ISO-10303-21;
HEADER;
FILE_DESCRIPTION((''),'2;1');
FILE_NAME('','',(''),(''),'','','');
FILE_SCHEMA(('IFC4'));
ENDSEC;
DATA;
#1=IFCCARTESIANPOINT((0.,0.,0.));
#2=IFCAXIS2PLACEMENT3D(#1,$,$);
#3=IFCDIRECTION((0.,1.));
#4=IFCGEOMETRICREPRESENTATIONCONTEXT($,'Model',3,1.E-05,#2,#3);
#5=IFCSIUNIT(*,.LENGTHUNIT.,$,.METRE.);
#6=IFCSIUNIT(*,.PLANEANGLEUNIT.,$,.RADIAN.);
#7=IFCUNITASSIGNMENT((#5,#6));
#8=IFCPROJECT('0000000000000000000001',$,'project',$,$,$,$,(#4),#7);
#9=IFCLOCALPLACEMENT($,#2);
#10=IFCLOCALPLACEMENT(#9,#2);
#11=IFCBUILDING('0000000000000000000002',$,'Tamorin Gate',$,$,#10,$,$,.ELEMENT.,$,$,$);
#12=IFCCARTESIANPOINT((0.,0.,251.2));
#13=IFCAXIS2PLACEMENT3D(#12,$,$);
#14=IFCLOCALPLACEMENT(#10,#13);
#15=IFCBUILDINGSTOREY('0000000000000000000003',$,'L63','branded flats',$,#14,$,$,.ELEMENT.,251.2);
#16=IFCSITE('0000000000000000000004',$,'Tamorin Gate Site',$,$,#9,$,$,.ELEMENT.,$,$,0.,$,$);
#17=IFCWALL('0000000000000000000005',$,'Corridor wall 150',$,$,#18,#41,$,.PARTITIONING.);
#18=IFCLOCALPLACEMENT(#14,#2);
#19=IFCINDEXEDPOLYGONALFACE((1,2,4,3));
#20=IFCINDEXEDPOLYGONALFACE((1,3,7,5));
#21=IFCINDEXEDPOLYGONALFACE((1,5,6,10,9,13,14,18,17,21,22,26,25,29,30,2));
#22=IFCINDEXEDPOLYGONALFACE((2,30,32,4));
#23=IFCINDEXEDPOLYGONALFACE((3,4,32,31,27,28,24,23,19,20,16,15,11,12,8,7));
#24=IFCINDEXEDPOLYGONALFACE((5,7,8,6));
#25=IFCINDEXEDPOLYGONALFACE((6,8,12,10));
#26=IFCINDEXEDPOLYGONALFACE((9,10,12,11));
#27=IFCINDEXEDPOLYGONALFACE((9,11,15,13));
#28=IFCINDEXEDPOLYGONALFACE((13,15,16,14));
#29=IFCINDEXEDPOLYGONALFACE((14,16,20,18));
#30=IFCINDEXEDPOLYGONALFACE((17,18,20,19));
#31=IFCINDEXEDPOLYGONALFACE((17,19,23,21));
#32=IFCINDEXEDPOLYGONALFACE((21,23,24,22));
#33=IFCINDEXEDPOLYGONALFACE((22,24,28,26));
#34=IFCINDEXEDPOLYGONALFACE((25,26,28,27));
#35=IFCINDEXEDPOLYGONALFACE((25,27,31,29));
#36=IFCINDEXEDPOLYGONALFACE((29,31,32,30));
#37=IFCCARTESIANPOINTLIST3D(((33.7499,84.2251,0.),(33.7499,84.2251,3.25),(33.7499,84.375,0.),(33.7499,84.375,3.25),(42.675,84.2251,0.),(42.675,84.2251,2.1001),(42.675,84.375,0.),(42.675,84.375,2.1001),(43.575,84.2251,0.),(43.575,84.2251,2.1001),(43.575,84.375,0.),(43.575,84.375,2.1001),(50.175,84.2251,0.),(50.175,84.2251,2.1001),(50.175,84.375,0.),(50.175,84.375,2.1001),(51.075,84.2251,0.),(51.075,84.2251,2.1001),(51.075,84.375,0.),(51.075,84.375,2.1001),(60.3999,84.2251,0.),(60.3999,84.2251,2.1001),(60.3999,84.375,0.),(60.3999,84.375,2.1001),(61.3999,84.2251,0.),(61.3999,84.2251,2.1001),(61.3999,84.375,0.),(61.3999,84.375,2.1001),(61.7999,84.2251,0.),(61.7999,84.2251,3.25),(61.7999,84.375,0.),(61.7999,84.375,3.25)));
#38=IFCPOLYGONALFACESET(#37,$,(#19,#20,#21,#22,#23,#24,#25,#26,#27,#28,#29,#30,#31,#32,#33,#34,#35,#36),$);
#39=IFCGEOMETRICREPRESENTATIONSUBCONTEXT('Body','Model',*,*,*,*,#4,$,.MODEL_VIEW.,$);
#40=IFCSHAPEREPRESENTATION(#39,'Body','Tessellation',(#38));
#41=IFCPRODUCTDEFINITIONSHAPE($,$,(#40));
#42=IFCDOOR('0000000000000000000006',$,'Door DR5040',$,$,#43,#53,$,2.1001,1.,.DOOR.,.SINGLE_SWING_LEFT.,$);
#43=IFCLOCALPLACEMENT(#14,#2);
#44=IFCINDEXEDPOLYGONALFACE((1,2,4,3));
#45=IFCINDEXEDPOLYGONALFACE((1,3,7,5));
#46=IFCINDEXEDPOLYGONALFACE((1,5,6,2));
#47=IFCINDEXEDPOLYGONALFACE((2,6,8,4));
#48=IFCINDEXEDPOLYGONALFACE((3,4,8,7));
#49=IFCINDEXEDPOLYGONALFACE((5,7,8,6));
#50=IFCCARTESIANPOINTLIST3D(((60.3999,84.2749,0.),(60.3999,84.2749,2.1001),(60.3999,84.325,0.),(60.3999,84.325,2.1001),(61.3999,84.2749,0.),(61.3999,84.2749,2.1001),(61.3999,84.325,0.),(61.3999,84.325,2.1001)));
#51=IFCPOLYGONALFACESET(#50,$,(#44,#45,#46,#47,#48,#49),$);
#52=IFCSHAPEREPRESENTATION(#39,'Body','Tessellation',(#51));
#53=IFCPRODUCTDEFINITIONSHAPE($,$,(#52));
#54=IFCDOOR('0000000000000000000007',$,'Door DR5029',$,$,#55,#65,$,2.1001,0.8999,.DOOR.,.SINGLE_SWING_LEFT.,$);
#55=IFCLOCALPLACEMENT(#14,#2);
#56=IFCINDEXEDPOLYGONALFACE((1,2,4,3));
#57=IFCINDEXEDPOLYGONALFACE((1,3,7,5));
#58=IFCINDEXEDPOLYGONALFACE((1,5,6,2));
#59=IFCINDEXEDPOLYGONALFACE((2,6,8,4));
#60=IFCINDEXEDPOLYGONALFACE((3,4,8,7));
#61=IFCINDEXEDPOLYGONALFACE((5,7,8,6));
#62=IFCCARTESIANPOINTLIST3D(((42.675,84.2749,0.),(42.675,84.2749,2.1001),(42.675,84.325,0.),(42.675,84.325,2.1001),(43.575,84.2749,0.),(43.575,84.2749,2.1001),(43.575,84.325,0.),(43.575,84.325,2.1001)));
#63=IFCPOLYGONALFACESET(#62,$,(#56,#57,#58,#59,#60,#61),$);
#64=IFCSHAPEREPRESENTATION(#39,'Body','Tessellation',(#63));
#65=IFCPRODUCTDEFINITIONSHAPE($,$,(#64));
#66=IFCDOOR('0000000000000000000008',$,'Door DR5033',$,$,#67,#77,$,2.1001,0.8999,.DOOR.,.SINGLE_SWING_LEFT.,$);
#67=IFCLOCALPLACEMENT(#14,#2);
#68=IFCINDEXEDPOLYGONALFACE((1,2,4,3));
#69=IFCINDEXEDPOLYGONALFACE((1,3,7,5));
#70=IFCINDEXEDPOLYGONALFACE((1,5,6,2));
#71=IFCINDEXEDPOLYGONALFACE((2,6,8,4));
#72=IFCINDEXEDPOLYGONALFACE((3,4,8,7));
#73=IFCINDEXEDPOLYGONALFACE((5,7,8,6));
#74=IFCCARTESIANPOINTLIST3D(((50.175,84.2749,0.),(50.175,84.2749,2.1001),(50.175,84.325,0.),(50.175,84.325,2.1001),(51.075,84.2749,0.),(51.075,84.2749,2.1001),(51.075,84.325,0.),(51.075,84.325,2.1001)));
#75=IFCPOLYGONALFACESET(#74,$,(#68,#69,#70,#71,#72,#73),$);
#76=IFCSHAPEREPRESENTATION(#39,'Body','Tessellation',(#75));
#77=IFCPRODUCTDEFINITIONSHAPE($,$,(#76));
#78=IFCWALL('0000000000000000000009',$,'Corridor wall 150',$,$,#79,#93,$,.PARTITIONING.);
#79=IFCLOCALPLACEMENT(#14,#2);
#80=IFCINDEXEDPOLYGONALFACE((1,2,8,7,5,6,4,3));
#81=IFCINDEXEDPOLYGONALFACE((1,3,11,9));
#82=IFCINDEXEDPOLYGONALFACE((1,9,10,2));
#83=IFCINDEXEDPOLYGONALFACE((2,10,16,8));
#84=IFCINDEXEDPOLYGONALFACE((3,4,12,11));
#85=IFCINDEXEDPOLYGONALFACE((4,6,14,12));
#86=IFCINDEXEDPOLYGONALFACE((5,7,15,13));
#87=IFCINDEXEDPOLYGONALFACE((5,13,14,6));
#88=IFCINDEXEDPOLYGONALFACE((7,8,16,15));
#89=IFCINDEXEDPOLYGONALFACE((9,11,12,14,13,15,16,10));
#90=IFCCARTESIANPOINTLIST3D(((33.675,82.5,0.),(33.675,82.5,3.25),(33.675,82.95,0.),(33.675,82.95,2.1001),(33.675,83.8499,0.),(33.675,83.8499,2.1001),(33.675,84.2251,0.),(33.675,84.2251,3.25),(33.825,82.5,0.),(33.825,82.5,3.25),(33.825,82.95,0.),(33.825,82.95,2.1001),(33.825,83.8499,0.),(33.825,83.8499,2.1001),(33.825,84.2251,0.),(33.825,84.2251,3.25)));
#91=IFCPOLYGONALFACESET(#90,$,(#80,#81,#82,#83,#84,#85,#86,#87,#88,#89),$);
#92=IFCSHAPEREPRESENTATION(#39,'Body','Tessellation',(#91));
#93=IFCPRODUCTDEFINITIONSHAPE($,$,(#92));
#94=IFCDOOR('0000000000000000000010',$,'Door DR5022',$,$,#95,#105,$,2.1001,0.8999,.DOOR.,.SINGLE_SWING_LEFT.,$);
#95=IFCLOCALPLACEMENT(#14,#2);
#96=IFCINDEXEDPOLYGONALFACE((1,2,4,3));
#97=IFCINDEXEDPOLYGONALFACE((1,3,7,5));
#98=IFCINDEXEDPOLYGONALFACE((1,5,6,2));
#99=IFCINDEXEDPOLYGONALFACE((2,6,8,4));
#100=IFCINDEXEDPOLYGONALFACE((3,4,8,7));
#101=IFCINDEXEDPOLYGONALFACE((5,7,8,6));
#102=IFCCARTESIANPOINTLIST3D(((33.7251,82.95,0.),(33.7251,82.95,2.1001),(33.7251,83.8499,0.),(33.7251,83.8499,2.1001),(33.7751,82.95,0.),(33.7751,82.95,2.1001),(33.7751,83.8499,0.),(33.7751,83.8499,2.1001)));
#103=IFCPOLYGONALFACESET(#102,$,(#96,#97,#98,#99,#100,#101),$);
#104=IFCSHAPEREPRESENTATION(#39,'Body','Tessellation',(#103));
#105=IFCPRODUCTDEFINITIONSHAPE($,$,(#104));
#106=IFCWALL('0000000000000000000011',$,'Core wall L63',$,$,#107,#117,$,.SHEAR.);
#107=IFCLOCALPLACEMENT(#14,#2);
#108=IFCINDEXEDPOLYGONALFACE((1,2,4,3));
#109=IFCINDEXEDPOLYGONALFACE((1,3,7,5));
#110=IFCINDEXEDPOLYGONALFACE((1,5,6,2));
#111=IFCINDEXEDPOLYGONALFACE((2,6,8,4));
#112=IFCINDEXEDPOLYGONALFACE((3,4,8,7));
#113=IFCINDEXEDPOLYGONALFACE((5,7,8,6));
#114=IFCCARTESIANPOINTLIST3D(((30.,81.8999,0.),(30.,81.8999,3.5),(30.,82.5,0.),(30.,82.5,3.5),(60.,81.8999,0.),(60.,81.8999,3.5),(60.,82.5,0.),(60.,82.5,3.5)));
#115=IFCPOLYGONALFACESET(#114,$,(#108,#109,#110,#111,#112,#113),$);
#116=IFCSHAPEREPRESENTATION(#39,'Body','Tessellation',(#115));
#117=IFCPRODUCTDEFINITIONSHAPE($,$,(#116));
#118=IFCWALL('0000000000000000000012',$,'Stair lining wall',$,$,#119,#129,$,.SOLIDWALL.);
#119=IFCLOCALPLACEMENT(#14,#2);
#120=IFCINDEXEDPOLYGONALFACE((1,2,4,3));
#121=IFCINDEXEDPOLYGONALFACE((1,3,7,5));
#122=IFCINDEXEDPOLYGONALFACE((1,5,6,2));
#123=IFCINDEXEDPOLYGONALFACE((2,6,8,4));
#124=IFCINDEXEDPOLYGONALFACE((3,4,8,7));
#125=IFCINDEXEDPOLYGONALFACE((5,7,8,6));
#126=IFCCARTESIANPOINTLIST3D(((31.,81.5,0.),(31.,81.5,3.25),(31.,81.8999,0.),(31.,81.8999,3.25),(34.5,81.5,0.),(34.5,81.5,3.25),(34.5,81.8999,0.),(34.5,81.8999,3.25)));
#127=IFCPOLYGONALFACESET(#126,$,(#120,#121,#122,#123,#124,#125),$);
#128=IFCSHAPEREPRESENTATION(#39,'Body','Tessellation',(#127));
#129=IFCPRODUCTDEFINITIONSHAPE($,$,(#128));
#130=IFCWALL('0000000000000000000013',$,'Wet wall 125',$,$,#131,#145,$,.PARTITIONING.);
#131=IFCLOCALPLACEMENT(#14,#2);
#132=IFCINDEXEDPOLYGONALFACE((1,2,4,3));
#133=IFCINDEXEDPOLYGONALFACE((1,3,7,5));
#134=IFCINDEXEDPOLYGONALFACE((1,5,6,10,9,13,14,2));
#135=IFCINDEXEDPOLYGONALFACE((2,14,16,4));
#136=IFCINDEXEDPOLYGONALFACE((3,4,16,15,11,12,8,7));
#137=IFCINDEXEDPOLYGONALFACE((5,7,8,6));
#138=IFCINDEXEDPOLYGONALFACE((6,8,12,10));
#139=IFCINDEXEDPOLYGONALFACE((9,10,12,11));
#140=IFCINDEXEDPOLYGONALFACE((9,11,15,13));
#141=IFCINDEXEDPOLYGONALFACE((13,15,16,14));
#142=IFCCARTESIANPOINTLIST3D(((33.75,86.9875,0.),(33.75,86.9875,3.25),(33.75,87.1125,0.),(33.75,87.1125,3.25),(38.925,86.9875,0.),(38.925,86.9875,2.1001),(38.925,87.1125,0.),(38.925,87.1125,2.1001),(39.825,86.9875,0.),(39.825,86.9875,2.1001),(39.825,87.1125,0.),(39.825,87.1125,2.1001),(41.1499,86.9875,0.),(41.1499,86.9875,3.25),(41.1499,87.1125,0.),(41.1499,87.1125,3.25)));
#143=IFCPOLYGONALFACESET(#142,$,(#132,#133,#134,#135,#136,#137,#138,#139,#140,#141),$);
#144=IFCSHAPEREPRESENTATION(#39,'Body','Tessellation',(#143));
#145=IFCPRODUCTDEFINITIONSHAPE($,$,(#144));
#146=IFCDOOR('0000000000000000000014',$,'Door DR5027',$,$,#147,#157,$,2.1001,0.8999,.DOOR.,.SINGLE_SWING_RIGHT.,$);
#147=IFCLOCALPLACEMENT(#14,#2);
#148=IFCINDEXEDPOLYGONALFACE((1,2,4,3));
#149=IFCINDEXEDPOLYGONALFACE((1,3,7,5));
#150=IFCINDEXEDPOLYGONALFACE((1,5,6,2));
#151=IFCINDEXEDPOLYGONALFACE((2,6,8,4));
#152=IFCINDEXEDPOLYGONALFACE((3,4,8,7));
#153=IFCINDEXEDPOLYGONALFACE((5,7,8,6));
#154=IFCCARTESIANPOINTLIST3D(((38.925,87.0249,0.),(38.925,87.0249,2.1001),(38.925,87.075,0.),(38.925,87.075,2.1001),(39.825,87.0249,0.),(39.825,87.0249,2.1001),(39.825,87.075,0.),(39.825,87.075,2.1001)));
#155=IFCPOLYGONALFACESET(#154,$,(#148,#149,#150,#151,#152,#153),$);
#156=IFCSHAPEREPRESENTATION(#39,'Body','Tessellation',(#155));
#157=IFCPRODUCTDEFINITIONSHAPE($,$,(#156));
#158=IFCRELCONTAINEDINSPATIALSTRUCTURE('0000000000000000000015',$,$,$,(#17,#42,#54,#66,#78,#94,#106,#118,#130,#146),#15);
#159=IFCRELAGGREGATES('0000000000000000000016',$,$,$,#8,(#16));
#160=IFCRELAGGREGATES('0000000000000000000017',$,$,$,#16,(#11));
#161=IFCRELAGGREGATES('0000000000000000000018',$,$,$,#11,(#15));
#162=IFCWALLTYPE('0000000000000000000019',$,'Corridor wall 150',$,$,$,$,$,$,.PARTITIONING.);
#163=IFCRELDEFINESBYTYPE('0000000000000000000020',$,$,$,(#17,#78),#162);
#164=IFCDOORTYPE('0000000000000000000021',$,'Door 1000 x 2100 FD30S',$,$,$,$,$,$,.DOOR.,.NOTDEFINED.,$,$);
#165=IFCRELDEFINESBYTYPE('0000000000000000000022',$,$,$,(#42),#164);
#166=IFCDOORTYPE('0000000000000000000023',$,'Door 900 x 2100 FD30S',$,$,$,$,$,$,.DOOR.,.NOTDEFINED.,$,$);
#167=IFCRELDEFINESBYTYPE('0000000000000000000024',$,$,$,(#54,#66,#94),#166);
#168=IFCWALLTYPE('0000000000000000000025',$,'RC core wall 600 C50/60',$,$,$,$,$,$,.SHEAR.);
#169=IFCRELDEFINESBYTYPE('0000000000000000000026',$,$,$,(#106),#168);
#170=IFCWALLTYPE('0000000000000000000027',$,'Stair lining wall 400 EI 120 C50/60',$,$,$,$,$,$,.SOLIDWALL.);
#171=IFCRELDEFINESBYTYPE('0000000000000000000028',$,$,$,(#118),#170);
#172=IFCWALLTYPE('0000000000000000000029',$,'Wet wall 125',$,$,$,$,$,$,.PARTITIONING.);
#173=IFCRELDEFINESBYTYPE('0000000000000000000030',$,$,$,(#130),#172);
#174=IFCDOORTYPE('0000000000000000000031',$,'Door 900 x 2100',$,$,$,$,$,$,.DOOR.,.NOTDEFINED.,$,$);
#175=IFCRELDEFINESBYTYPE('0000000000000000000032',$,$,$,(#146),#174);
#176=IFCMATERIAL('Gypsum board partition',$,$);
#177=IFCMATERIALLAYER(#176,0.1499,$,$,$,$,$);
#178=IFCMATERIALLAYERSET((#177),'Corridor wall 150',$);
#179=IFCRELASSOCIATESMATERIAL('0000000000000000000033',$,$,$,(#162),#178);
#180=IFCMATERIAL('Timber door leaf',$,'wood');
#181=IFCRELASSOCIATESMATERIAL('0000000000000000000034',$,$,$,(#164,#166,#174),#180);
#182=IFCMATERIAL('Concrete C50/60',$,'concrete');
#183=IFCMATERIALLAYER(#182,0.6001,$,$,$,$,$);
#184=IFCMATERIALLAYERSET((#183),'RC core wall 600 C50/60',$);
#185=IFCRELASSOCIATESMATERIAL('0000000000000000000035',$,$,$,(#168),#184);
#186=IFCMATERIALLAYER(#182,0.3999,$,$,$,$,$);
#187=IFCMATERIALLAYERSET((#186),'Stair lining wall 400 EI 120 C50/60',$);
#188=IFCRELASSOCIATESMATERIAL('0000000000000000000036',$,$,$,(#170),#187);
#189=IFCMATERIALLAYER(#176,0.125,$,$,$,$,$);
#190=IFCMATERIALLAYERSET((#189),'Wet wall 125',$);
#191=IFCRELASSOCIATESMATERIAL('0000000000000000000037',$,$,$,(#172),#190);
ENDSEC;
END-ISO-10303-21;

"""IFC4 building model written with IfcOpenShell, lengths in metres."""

from ifc_helpers import new_model, si_unit, direction, frame, frame_2d, origin, place, context, subcontext, project, spatial, rectangle, extrude, material, layer, layer_set, type_object, element, fill, save


model = new_model("IFC4")

# Units and contexts
model_context = context("Model", 3, precision=1e-05, world=origin(), true_north=direction((0.0, 1.0)))
body_context = subcontext(model_context, "Body", "Model", "MODEL_VIEW")
ifc_project = project(units=[si_unit("LENGTHUNIT", "METRE"), si_unit("PLANEANGLEUNIT", "RADIAN")], contexts=[model_context])

# Site, building, storey
site_placement = place(None, origin())
site = spatial("IfcSite", under=ifc_project, at=site_placement, Name="Tamorin Gate Site", CompositionType="ELEMENT", RefElevation=0.0)
building_placement = place(site_placement, origin())
building = spatial("IfcBuilding", under=site, at=building_placement, Name="Tamorin Gate", CompositionType="ELEMENT")
storey_placement = place(building_placement, frame((0.0, 0.0, 251.2)))
storey = spatial("IfcBuildingStorey", under=building, at=storey_placement, Name="L63", Description="branded flats", CompositionType="ELEMENT", Elevation=251.2)

# Wall, openings, doors
ifc_material_1 = material(Name="Gypsum board partition")
ifc_layer_1 = layer(ifc_material_1, 0.1499)
ifc_layer_set_1 = layer_set([ifc_layer_1], Name="Corridor wall 150")
wall_type_1 = type_object("IfcWallType", Name="Corridor wall 150", PredefinedType="PARTITIONING", material=ifc_layer_set_1)
wall_1_placement = place(storey_placement, frame((33.75, 84.3, 0.0), z_axis=(0.0, 0.0, 1.0), x_axis=(1.0, 0.0, 0.0)))
wall_1 = element("IfcWall", 1, at=wall_1_placement, inside=storey, type_object=wall_type_1, Name="Corridor wall 150", PredefinedType="PARTITIONING", context=body_context, shape_type="SweptSolid", body=[
    extrude(rectangle(XDim=28.05, YDim=0.1499, at=frame_2d((14.0249, 0.0))), origin(), (0.0, 0.0, 1.0), 3.25),
])
opening_1_placement = place(wall_1_placement, frame((8.925, 0.0, 0.0)))
opening_1 = element("IfcOpeningElement", 2, at=opening_1_placement, cuts=wall_1, PredefinedType="OPENING", context=body_context, shape_type="SweptSolid", body=[
    extrude(rectangle(XDim=0.8999, YDim=2.1001, at=frame_2d((0.45, 1.05))), frame((0.0, 0.085, 0.0), z_axis=(0.0, -1.0, 0.0), x_axis=(1.0, 0.0, 0.0)), (0.0, 0.0, 1.0), 0.1699),
])
opening_2_placement = place(wall_1_placement, frame((16.425, 0.0, 0.0)))
opening_2 = element("IfcOpeningElement", 3, at=opening_2_placement, cuts=wall_1, PredefinedType="OPENING", context=body_context, shape_type="SweptSolid", body=[
    extrude(rectangle(XDim=0.8999, YDim=2.1001, at=frame_2d((0.45, 1.05))), frame((0.0, 0.085, 0.0), z_axis=(0.0, -1.0, 0.0), x_axis=(1.0, 0.0, 0.0)), (0.0, 0.0, 1.0), 0.1699),
])
opening_3_placement = place(wall_1_placement, frame((26.6499, 0.0, 0.0)))
opening_3 = element("IfcOpeningElement", 4, at=opening_3_placement, cuts=wall_1, PredefinedType="OPENING", context=body_context, shape_type="SweptSolid", body=[
    extrude(rectangle(XDim=1.0, YDim=2.1001, at=frame_2d((0.5, 1.05))), frame((0.0, 0.085, 0.0), z_axis=(0.0, -1.0, 0.0), x_axis=(1.0, 0.0, 0.0)), (0.0, 0.0, 1.0), 0.1699),
])
ifc_material_2 = material(Name="Timber door leaf", Category="wood")
door_type_1 = type_object("IfcDoorType", Name="Door 1000 x 2100 FD30S", OperationType="NOTDEFINED", PredefinedType="DOOR", material=ifc_material_2)
door_1_placement = place(opening_3_placement, origin())
door_1 = element("IfcDoor", 5, at=door_1_placement, inside=storey, type_object=door_type_1, Name="Door DR5040", OperationType="SINGLE_SWING_LEFT", OverallHeight=2.1001, OverallWidth=1.0, PredefinedType="DOOR", context=body_context, shape_type="SweptSolid", body=[
    extrude(rectangle(XDim=1.0, YDim=2.1001, at=frame_2d((0.5, 1.05))), frame((0.0, 0.0249, 0.0), z_axis=(0.0, -1.0, 0.0), x_axis=(1.0, 0.0, 0.0)), (0.0, 0.0, 1.0), 0.05),
])
fill(opening_3, door_1)
door_type_2 = type_object("IfcDoorType", Name="Door 900 x 2100 FD30S", OperationType="NOTDEFINED", PredefinedType="DOOR", material=ifc_material_2)
door_2_placement = place(opening_1_placement, origin())
door_2 = element("IfcDoor", 6, at=door_2_placement, inside=storey, type_object=door_type_2, Name="Door DR5029", OperationType="SINGLE_SWING_LEFT", OverallHeight=2.1001, OverallWidth=0.8999, PredefinedType="DOOR", context=body_context, shape_type="SweptSolid", body=[
    extrude(rectangle(XDim=0.8999, YDim=2.1001, at=frame_2d((0.45, 1.05))), frame((0.0, 0.0249, 0.0), z_axis=(0.0, -1.0, 0.0), x_axis=(1.0, 0.0, 0.0)), (0.0, 0.0, 1.0), 0.05),
])
fill(opening_1, door_2)
door_3_placement = place(opening_2_placement, origin())
door_3 = element("IfcDoor", 7, at=door_3_placement, inside=storey, type_object=door_type_2, Name="Door DR5033", OperationType="SINGLE_SWING_LEFT", OverallHeight=2.1001, OverallWidth=0.8999, PredefinedType="DOOR", context=body_context, shape_type="SweptSolid", body=[
    extrude(rectangle(XDim=0.8999, YDim=2.1001, at=frame_2d((0.45, 1.05))), frame((0.0, 0.0249, 0.0), z_axis=(0.0, -1.0, 0.0), x_axis=(1.0, 0.0, 0.0)), (0.0, 0.0, 1.0), 0.05),
])
fill(opening_2, door_3)

# Wall, opening, door
wall_2_placement = place(storey_placement, frame((33.75, 82.5, 0.0), z_axis=(0.0, 0.0, 1.0), x_axis=(0.0, 1.0, 0.0)))
wall_2 = element("IfcWall", 8, at=wall_2_placement, inside=storey, type_object=wall_type_1, Name="Corridor wall 150", PredefinedType="PARTITIONING", context=body_context, shape_type="SweptSolid", body=[
    extrude(rectangle(XDim=1.7251, YDim=0.1499, at=frame_2d((0.8625, 0.0))), origin(), (0.0, 0.0, 1.0), 3.25),
])
opening_4_placement = place(wall_2_placement, frame((0.45, 0.0, 0.0)))
opening_4 = element("IfcOpeningElement", 9, at=opening_4_placement, cuts=wall_2, PredefinedType="OPENING", context=body_context, shape_type="SweptSolid", body=[
    extrude(rectangle(XDim=0.8999, YDim=2.1001, at=frame_2d((0.45, 1.05))), frame((0.0, 0.085, 0.0), z_axis=(0.0, -1.0, 0.0), x_axis=(1.0, 0.0, 0.0)), (0.0, 0.0, 1.0), 0.1699),
])
door_4_placement = place(opening_4_placement, origin())
door_4 = element("IfcDoor", 10, at=door_4_placement, inside=storey, type_object=door_type_2, Name="Door DR5022", OperationType="SINGLE_SWING_LEFT", OverallHeight=2.1001, OverallWidth=0.8999, PredefinedType="DOOR", context=body_context, shape_type="SweptSolid", body=[
    extrude(rectangle(XDim=0.8999, YDim=2.1001, at=frame_2d((0.45, 1.05))), frame((0.0, 0.0249, 0.0), z_axis=(0.0, -1.0, 0.0), x_axis=(1.0, 0.0, 0.0)), (0.0, 0.0, 1.0), 0.05),
])
fill(opening_4, door_4)

# Walls
ifc_material_3 = material(Name="Concrete C50/60", Category="concrete")
ifc_layer_2 = layer(ifc_material_3, 0.6001)
ifc_layer_set_2 = layer_set([ifc_layer_2], Name="RC core wall 600 C50/60")
wall_type_2 = type_object("IfcWallType", Name="RC core wall 600 C50/60", PredefinedType="SHEAR", material=ifc_layer_set_2)
wall_3_placement = place(storey_placement, frame((30.0, 82.2, 0.0), z_axis=(0.0, 0.0, 1.0), x_axis=(1.0, 0.0, 0.0)))
element("IfcWall", 11, at=wall_3_placement, inside=storey, type_object=wall_type_2, Name="Core wall L63", PredefinedType="SHEAR", context=body_context, shape_type="SweptSolid", body=[
    extrude(rectangle(XDim=30.0, YDim=0.6001, at=frame_2d((15.0, 0.0))), origin(), (0.0, 0.0, 1.0), 3.5),
])
ifc_layer_3 = layer(ifc_material_3, 0.3999)
ifc_layer_set_3 = layer_set([ifc_layer_3], Name="Stair lining wall 400 EI 120 C50/60")
wall_type_3 = type_object("IfcWallType", Name="Stair lining wall 400 EI 120 C50/60", PredefinedType="SOLIDWALL", material=ifc_layer_set_3)
wall_4_placement = place(storey_placement, frame((31.0, 81.7, 0.0), z_axis=(0.0, 0.0, 1.0), x_axis=(1.0, 0.0, 0.0)))
element("IfcWall", 12, at=wall_4_placement, inside=storey, type_object=wall_type_3, Name="Stair lining wall", PredefinedType="SOLIDWALL", context=body_context, shape_type="SweptSolid", body=[
    extrude(rectangle(XDim=3.5, YDim=0.3999, at=frame_2d((1.75, 0.0))), origin(), (0.0, 0.0, 1.0), 3.25),
])

# Wall, opening, door
ifc_layer_4 = layer(ifc_material_1, 0.125)
ifc_layer_set_4 = layer_set([ifc_layer_4], Name="Wet wall 125")
wall_type_4 = type_object("IfcWallType", Name="Wet wall 125", PredefinedType="PARTITIONING", material=ifc_layer_set_4)
wall_5_placement = place(storey_placement, frame((33.75, 87.05, 0.0), z_axis=(0.0, 0.0, 1.0), x_axis=(1.0, 0.0, 0.0)))
wall_5 = element("IfcWall", 13, at=wall_5_placement, inside=storey, type_object=wall_type_4, Name="Wet wall 125", PredefinedType="PARTITIONING", context=body_context, shape_type="SweptSolid", body=[
    extrude(rectangle(XDim=7.3999, YDim=0.125, at=frame_2d((3.7, 0.0))), origin(), (0.0, 0.0, 1.0), 3.25),
])
opening_5_placement = place(wall_5_placement, frame((5.175, 0.0, 0.0)))
opening_5 = element("IfcOpeningElement", 14, at=opening_5_placement, cuts=wall_5, PredefinedType="OPENING", context=body_context, shape_type="SweptSolid", body=[
    extrude(rectangle(XDim=0.8999, YDim=2.1001, at=frame_2d((0.45, 1.05))), frame((0.0, 0.0725, 0.0), z_axis=(0.0, -1.0, 0.0), x_axis=(1.0, 0.0, 0.0)), (0.0, 0.0, 1.0), 0.145),
])
door_type_3 = type_object("IfcDoorType", Name="Door 900 x 2100", OperationType="NOTDEFINED", PredefinedType="DOOR", material=ifc_material_2)
door_5_placement = place(opening_5_placement, origin())
door_5 = element("IfcDoor", 15, at=door_5_placement, inside=storey, type_object=door_type_3, Name="Door DR5027", OperationType="SINGLE_SWING_RIGHT", OverallHeight=2.1001, OverallWidth=0.8999, PredefinedType="DOOR", context=body_context, shape_type="SweptSolid", body=[
    extrude(rectangle(XDim=0.8999, YDim=2.1001, at=frame_2d((0.45, 1.05))), frame((0.0, 0.0249, 0.0), z_axis=(0.0, -1.0, 0.0), x_axis=(1.0, 0.0, 0.0)), (0.0, 0.0, 1.0), 0.05),
])
fill(opening_5, door_5)

save(model, "model.ifc")
